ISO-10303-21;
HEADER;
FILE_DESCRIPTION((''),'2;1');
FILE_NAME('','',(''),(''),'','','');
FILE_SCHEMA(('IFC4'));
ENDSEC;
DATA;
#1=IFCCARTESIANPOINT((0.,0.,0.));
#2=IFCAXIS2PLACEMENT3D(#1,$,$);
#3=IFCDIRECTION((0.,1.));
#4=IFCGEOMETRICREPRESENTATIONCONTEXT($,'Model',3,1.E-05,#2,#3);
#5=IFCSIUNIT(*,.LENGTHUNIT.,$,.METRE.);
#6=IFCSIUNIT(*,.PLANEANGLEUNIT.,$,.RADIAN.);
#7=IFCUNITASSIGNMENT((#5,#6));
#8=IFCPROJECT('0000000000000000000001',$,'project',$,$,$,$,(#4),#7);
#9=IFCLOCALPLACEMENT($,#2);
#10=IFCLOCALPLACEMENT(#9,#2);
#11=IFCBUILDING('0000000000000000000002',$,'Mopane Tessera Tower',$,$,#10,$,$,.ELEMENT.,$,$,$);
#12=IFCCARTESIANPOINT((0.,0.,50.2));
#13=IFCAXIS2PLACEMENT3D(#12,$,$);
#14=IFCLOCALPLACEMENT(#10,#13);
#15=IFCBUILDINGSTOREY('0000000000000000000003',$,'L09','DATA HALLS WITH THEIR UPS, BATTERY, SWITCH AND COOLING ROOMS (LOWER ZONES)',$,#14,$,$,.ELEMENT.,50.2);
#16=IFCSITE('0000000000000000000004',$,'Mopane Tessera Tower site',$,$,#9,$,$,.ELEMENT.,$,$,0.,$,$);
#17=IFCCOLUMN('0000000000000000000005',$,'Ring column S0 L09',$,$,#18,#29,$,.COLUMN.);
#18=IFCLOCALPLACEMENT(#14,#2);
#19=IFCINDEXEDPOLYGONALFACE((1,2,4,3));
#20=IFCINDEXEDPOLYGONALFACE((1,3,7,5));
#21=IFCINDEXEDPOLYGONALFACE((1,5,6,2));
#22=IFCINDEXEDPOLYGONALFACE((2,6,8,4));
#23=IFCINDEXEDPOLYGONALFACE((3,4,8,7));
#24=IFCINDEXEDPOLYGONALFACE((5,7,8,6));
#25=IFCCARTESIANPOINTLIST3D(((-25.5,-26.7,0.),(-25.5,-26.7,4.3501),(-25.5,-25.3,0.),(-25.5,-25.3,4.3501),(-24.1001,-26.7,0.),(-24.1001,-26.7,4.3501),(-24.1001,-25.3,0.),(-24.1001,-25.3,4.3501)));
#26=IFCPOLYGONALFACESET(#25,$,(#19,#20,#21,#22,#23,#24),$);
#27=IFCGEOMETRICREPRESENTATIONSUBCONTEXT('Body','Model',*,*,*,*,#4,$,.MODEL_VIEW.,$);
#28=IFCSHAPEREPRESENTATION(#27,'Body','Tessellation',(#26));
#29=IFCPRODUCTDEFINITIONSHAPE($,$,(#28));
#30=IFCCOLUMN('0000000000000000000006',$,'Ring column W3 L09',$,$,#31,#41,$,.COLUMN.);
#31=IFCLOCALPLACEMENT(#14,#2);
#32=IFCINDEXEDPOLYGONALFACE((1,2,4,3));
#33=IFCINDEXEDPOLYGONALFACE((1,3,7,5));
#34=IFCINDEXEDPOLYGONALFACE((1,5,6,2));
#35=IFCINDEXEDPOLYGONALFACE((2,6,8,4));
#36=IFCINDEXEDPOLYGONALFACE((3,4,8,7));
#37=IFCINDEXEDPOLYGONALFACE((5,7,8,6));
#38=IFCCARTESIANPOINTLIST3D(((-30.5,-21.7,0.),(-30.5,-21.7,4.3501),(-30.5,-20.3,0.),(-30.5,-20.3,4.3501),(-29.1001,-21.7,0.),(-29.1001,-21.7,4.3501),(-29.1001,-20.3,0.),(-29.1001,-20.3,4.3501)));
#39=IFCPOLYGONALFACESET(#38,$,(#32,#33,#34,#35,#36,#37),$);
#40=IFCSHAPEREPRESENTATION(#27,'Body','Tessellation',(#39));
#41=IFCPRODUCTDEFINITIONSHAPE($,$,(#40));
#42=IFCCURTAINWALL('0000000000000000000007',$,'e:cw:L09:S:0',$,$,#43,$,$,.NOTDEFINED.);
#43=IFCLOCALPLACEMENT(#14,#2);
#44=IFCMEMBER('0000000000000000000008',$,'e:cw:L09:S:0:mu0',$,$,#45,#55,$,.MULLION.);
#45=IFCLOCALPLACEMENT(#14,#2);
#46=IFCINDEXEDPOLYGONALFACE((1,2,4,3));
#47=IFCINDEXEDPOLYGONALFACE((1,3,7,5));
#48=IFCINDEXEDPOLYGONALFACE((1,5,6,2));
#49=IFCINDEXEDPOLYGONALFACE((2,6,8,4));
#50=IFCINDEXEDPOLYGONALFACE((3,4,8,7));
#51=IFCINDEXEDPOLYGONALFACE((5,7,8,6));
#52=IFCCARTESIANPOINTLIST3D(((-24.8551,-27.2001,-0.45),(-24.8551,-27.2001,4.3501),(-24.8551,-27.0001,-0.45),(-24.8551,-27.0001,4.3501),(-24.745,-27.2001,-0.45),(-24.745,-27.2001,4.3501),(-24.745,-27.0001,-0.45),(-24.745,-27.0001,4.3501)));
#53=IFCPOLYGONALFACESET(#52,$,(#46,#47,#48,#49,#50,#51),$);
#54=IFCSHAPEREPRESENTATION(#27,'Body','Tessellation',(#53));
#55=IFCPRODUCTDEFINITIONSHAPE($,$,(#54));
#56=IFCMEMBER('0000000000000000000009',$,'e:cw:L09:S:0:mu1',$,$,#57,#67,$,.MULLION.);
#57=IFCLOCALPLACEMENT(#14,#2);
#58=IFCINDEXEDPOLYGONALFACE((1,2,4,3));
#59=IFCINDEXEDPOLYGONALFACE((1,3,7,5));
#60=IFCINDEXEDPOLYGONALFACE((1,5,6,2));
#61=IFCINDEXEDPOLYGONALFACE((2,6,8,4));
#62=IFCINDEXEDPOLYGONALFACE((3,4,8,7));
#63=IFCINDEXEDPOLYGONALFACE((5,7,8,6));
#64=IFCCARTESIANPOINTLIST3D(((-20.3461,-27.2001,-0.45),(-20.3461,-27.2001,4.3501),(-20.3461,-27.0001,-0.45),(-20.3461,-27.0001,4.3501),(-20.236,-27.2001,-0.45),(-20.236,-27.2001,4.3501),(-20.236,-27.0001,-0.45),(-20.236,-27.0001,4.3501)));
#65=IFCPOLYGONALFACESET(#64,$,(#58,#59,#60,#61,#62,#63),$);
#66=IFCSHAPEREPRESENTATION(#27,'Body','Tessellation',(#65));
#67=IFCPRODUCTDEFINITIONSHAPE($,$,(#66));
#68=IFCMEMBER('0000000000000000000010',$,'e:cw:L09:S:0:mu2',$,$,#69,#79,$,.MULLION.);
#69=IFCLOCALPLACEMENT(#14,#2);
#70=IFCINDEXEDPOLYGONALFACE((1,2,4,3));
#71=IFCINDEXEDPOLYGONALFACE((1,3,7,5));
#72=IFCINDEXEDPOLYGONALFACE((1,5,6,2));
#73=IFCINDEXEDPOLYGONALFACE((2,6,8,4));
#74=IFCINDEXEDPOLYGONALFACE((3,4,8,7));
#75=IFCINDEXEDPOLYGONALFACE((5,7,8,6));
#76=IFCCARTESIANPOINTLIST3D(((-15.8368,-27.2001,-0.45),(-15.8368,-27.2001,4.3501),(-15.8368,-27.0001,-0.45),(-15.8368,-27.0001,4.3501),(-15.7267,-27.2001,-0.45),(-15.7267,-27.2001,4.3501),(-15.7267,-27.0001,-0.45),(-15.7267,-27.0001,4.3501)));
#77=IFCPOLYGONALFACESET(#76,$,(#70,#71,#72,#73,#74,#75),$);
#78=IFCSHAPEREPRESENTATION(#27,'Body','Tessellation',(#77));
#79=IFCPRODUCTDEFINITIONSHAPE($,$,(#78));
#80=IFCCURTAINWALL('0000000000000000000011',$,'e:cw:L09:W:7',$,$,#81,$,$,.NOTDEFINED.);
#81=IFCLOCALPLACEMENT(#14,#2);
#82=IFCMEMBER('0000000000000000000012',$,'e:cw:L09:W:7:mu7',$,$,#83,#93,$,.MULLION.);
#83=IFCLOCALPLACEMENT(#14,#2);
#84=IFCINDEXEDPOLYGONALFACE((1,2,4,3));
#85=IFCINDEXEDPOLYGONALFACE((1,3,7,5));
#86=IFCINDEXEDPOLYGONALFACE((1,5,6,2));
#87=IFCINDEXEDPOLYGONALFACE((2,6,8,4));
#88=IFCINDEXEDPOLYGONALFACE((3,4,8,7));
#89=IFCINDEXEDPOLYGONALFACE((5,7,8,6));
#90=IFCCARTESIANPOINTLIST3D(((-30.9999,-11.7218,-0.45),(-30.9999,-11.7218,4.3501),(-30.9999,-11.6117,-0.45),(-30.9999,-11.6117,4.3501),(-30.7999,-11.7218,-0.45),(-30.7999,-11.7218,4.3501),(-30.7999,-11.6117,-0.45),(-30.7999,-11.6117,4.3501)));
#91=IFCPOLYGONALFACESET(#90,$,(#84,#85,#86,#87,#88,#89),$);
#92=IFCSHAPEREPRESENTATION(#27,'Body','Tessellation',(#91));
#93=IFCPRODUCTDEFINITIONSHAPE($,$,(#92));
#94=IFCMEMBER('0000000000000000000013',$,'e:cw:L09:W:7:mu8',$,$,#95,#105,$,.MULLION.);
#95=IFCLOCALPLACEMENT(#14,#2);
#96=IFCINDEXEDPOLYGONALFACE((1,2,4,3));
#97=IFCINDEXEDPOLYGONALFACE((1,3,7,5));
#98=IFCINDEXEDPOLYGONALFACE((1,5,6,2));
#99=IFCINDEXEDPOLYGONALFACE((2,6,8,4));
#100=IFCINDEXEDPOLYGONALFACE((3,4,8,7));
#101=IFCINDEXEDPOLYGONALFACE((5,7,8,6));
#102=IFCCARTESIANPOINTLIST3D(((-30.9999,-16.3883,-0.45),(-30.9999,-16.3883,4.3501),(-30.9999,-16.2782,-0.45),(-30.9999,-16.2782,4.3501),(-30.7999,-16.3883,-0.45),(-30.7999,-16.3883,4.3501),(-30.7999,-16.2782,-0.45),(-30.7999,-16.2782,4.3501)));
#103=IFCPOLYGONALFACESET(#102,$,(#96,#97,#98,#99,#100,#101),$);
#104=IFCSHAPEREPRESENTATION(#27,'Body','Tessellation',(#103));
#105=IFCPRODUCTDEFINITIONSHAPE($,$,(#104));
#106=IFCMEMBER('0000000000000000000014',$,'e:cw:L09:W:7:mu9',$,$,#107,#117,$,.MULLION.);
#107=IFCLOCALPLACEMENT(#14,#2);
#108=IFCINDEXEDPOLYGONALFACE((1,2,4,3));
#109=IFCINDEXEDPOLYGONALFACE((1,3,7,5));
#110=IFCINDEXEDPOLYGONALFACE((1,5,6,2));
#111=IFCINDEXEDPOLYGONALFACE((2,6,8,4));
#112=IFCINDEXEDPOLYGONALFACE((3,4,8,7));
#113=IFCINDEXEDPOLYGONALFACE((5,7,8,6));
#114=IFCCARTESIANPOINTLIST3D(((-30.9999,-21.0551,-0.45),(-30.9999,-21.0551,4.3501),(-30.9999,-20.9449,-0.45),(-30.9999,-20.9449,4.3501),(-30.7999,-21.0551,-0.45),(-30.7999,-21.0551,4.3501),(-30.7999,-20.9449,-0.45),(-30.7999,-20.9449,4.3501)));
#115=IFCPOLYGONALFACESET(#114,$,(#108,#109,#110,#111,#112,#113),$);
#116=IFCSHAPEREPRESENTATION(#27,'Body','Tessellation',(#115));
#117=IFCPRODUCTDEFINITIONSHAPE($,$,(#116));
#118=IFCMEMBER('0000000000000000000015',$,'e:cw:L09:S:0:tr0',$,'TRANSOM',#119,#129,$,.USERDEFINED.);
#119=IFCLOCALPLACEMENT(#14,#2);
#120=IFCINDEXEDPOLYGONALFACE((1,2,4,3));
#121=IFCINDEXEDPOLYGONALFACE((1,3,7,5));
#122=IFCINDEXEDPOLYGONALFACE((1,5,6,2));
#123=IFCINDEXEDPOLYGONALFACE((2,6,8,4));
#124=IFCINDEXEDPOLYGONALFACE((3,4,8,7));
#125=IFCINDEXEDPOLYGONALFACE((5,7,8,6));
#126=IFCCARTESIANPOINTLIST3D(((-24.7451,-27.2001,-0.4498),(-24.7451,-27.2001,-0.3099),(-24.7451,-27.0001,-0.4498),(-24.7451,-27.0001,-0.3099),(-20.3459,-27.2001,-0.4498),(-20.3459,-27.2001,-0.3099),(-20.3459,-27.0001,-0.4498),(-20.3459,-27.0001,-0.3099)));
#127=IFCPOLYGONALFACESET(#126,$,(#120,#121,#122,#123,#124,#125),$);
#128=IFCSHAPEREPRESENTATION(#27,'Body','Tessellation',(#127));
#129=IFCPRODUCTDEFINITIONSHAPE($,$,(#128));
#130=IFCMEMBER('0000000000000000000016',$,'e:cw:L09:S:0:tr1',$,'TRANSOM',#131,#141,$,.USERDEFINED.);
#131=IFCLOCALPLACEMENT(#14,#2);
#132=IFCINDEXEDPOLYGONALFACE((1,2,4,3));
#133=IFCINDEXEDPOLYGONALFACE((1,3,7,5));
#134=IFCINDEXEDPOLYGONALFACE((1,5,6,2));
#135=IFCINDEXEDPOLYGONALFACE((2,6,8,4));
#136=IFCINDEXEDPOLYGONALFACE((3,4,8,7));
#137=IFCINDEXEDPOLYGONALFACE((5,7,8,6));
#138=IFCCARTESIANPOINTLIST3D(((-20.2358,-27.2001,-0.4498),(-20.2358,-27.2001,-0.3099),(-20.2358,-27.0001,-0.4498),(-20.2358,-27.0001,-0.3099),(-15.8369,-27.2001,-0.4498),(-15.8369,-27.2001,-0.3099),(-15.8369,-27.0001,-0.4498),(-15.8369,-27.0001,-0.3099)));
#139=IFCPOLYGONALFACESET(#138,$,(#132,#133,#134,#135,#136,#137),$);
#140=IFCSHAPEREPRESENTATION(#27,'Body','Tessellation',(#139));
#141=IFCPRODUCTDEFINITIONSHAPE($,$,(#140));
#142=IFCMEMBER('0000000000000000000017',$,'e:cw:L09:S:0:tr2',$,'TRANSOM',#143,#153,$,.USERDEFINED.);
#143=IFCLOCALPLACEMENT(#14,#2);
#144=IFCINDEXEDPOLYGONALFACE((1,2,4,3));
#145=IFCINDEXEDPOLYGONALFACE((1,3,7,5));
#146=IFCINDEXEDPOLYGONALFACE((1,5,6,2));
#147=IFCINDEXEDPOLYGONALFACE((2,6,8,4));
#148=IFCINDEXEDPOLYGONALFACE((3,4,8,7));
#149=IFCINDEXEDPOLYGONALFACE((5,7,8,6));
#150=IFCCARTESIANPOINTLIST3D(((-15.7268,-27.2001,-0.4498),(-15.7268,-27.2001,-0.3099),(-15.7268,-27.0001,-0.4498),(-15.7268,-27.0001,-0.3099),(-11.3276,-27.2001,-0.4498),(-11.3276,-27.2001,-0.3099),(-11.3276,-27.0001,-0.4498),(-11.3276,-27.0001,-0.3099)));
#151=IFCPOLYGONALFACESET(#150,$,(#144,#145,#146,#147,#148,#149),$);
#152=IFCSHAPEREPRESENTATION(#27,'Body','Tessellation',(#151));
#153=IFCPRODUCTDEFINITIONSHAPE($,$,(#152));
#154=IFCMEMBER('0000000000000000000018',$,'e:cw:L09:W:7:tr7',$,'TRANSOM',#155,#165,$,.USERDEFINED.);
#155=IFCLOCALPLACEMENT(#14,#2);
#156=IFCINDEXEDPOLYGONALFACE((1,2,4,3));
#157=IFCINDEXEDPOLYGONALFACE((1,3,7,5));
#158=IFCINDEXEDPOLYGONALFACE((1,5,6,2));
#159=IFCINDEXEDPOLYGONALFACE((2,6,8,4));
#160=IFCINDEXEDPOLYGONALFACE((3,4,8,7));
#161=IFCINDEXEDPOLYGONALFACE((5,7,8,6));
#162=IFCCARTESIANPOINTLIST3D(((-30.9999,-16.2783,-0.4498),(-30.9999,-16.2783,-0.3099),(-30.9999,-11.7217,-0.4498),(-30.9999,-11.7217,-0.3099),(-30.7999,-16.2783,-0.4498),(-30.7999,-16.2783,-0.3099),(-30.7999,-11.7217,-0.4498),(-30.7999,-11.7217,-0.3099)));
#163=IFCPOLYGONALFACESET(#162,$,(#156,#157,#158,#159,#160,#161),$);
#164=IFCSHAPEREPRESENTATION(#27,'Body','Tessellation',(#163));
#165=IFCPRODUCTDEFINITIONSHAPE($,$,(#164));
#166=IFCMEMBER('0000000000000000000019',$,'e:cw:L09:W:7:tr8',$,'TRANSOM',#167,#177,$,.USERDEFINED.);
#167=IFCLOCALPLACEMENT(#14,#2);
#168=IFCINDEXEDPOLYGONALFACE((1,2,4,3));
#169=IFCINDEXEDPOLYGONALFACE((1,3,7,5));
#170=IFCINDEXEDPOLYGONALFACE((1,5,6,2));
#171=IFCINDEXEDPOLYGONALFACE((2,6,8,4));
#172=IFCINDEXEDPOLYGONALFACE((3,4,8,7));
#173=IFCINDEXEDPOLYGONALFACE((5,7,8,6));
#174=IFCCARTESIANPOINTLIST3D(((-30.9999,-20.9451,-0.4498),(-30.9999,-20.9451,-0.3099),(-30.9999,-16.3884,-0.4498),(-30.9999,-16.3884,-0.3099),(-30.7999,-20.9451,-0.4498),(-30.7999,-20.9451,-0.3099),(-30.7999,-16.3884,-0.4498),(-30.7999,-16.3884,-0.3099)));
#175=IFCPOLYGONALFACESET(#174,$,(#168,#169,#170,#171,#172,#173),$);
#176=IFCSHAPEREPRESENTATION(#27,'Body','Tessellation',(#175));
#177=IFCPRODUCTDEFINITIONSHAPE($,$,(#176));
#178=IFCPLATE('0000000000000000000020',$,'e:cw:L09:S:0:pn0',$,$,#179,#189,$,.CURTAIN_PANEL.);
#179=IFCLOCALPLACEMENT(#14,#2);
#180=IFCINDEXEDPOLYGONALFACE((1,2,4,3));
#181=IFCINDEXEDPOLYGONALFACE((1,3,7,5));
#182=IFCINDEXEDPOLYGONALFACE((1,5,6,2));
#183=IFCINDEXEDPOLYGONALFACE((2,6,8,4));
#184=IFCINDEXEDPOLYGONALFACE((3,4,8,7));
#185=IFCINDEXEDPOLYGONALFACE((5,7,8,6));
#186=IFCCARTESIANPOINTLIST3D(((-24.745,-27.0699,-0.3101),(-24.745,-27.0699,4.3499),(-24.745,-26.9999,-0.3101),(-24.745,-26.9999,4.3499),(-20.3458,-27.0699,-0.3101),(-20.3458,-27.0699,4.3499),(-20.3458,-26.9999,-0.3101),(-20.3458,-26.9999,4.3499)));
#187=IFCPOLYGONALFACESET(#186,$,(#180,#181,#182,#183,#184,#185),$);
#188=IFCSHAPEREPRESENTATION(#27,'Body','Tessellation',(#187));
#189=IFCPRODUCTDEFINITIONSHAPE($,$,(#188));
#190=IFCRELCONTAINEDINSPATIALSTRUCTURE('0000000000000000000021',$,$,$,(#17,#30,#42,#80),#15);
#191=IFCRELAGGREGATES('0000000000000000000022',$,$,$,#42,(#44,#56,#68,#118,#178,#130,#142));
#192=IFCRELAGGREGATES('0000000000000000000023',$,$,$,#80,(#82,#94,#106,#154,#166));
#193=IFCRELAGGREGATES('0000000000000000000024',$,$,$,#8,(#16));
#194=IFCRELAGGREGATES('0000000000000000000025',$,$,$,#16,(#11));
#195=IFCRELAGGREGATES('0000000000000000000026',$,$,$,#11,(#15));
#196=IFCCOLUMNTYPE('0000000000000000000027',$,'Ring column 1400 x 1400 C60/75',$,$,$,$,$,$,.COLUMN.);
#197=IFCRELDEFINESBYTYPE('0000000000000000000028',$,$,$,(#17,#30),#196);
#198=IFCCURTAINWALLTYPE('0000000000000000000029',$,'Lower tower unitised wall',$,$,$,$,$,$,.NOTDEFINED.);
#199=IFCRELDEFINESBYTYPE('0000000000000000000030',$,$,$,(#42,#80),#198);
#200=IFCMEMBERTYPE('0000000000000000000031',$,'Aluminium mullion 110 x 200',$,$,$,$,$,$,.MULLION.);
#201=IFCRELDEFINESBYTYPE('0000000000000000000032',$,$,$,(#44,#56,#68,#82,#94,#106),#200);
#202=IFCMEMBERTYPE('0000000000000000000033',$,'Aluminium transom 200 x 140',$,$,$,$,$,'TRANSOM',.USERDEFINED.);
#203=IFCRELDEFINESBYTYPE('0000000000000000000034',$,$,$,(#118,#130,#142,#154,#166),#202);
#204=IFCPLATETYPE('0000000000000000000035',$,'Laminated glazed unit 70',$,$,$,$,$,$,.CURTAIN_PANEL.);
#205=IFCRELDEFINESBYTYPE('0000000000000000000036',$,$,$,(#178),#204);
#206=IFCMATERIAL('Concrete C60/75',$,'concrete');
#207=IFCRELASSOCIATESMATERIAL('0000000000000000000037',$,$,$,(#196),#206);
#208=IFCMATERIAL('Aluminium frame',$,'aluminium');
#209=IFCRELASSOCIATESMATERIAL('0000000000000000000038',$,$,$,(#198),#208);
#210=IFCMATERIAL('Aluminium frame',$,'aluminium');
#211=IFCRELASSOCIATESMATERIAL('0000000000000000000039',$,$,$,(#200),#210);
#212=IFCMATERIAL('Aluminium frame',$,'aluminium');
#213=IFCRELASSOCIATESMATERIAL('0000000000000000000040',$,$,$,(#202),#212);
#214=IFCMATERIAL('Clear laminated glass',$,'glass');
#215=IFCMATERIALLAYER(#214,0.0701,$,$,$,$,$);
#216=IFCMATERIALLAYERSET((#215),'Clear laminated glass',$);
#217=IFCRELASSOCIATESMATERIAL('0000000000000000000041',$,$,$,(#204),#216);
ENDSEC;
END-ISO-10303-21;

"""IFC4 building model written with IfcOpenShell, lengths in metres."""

from ifc_helpers import new_model, si_unit, direction, frame, origin, origin_2d, place, context, subcontext, project, spatial, rectangle, extrude, material, layer, layer_set, material_profile, profile_set, type_object, element, aggregate, save


model = new_model("IFC4")

# Units and contexts
model_context = context("Model", 3, precision=1e-05, world=origin(), true_north=direction((0.0, 1.0)))
body_context = subcontext(model_context, "Body", "Model", "MODEL_VIEW")
ifc_project = project(units=[si_unit("LENGTHUNIT", "METRE"), si_unit("PLANEANGLEUNIT", "RADIAN")], contexts=[model_context])

# Site, building, storey
site_placement = place(None, origin())
site = spatial("IfcSite", under=ifc_project, at=site_placement, Name="Mopane Tessera Tower site", CompositionType="ELEMENT", RefElevation=0.0)
building_placement = place(site_placement, origin())
building = spatial("IfcBuilding", under=site, at=building_placement, Name="Mopane Tessera Tower", CompositionType="ELEMENT")
storey_placement = place(building_placement, frame((0.0, 0.0, 50.2)))
storey = spatial("IfcBuildingStorey", under=building, at=storey_placement, Name="L09", Description="DATA HALLS WITH THEIR UPS, BATTERY, SWITCH AND COOLING ROOMS (LOWER ZONES)", CompositionType="ELEMENT", Elevation=50.2)

# Columns
ifc_material_1 = material(Name="Concrete C60/75", Category="concrete")
ifc_material_profile_1 = material_profile(ifc_material_1, rectangle(XDim=1.3999, YDim=1.3999, at=origin_2d()))
ifc_profile_set_1 = profile_set([ifc_material_profile_1], Name="Concrete C60/75")
column_type = type_object("IfcColumnType", Name="Ring column 1400 x 1400 C60/75", PredefinedType="COLUMN", material=ifc_profile_set_1)
for number, where, z_axis, x_axis, name in (
    (1, (-24.8, -26.0, 0.0), (0.0, 0.0, 1.0), (1.0, 0.0, 0.0), "Ring column S0 L09"),
    (2, (-29.8, -21.0, 0.0), (0.0, 0.0, 1.0), (1.0, 0.0, 0.0), "Ring column W3 L09"),
):
    element("IfcColumn", number, at=place(storey_placement, frame(where, z_axis=z_axis, x_axis=x_axis)), inside=storey, type_object=column_type, Name=name, PredefinedType="COLUMN", context=body_context, shape_type="SweptSolid", body=[
        extrude(rectangle(XDim=1.3999, YDim=1.3999, at=origin_2d()), origin(), (0.0, 0.0, 1.0), 4.3501),
    ])

# Curtain walls, members
ifc_material_2 = material(Name="Aluminium frame", Category="aluminium")
curtain_wall_type = type_object("IfcCurtainWallType", Name="Lower tower unitised wall", PredefinedType="NOTDEFINED", material=ifc_material_2)
curtain_wall_1_placement = place(storey_placement, origin())
curtain_wall_1 = element("IfcCurtainWall", 3, at=curtain_wall_1_placement, inside=storey, type_object=curtain_wall_type, Name="e:cw:L09:S:0", PredefinedType="NOTDEFINED")
ifc_material_3 = material(Name="Aluminium frame", Category="aluminium")
ifc_material_profile_2 = material_profile(ifc_material_3, rectangle(XDim=0.1101, YDim=0.2, at=origin_2d()))
ifc_profile_set_2 = profile_set([ifc_material_profile_2], Name="Aluminium frame")
member_type_1 = type_object("IfcMemberType", Name="Aluminium mullion 110 x 200", PredefinedType="MULLION", material=ifc_profile_set_2)
member_1_placement = place(storey_placement, frame((-24.8, -27.1001, -0.45), z_axis=(0.0, 0.0, 1.0), x_axis=(1.0, 0.0, 0.0)))
member_1 = element("IfcMember", 4, at=member_1_placement, type_object=member_type_1, Name="e:cw:L09:S:0:mu0", PredefinedType="MULLION", context=body_context, shape_type="SweptSolid", body=[
    extrude(rectangle(XDim=0.1101, YDim=0.2, at=origin_2d()), origin(), (0.0, 0.0, 1.0), 4.8),
])
member_2_placement = place(storey_placement, frame((-20.291, -27.1001, -0.45), z_axis=(0.0, 0.0, 1.0), x_axis=(1.0, 0.0, 0.0)))
member_2 = element("IfcMember", 5, at=member_2_placement, type_object=member_type_1, Name="e:cw:L09:S:0:mu1", PredefinedType="MULLION", context=body_context, shape_type="SweptSolid", body=[
    extrude(rectangle(XDim=0.1101, YDim=0.2, at=origin_2d()), origin(), (0.0, 0.0, 1.0), 4.8),
])
member_3_placement = place(storey_placement, frame((-15.7817, -27.1001, -0.45), z_axis=(0.0, 0.0, 1.0), x_axis=(1.0, 0.0, 0.0)))
member_3 = element("IfcMember", 6, at=member_3_placement, type_object=member_type_1, Name="e:cw:L09:S:0:mu2", PredefinedType="MULLION", context=body_context, shape_type="SweptSolid", body=[
    extrude(rectangle(XDim=0.1101, YDim=0.2, at=origin_2d()), origin(), (0.0, 0.0, 1.0), 4.8),
])
curtain_wall_2_placement = place(storey_placement, origin())
curtain_wall_2 = element("IfcCurtainWall", 7, at=curtain_wall_2_placement, inside=storey, type_object=curtain_wall_type, Name="e:cw:L09:W:7", PredefinedType="NOTDEFINED")
member_4_placement = place(storey_placement, frame((-30.8999, -11.6667, -0.45), z_axis=(0.0, 0.0, 1.0), x_axis=(0.0, -1.0, 0.0)))
member_4 = element("IfcMember", 8, at=member_4_placement, type_object=member_type_1, Name="e:cw:L09:W:7:mu7", PredefinedType="MULLION", context=body_context, shape_type="SweptSolid", body=[
    extrude(rectangle(XDim=0.1101, YDim=0.2, at=origin_2d()), origin(), (0.0, 0.0, 1.0), 4.8),
])
member_5_placement = place(storey_placement, frame((-30.8999, -16.3333, -0.45), z_axis=(0.0, 0.0, 1.0), x_axis=(0.0, -1.0, 0.0)))
member_5 = element("IfcMember", 9, at=member_5_placement, type_object=member_type_1, Name="e:cw:L09:W:7:mu8", PredefinedType="MULLION", context=body_context, shape_type="SweptSolid", body=[
    extrude(rectangle(XDim=0.1101, YDim=0.2, at=origin_2d()), origin(), (0.0, 0.0, 1.0), 4.8),
])
member_6_placement = place(storey_placement, frame((-30.8999, -21.0, -0.45), z_axis=(0.0, 0.0, 1.0), x_axis=(0.0, -1.0, 0.0)))
member_6 = element("IfcMember", 10, at=member_6_placement, type_object=member_type_1, Name="e:cw:L09:W:7:mu9", PredefinedType="MULLION", context=body_context, shape_type="SweptSolid", body=[
    extrude(rectangle(XDim=0.1101, YDim=0.2, at=origin_2d()), origin(), (0.0, 0.0, 1.0), 4.8),
])

# Members
ifc_material_4 = material(Name="Aluminium frame", Category="aluminium")
ifc_material_profile_3 = material_profile(ifc_material_4, rectangle(XDim=0.2, YDim=0.1399, at=origin_2d()))
ifc_profile_set_3 = profile_set([ifc_material_profile_3], Name="Aluminium frame")
member_type_2 = type_object("IfcMemberType", Name="Aluminium transom 200 x 140", ElementType="TRANSOM", PredefinedType="USERDEFINED", material=ifc_profile_set_3)
member_7_placement = place(storey_placement, frame((-24.7451, -27.1001, -0.3799), z_axis=(1.0, 0.0, 0.0), x_axis=(0.0, 1.0, 0.0)))
member_7 = element("IfcMember", 11, at=member_7_placement, type_object=member_type_2, Name="e:cw:L09:S:0:tr0", ObjectType="TRANSOM", PredefinedType="USERDEFINED", context=body_context, shape_type="SweptSolid", body=[
    extrude(rectangle(XDim=0.2, YDim=0.1399, at=origin_2d()), origin(), (0.0, 0.0, 1.0), 4.3992),
])
member_8_placement = place(storey_placement, frame((-20.2358, -27.1001, -0.3799), z_axis=(1.0, 0.0, 0.0), x_axis=(0.0, 1.0, 0.0)))
member_8 = element("IfcMember", 12, at=member_8_placement, type_object=member_type_2, Name="e:cw:L09:S:0:tr1", ObjectType="TRANSOM", PredefinedType="USERDEFINED", context=body_context, shape_type="SweptSolid", body=[
    extrude(rectangle(XDim=0.2, YDim=0.1399, at=origin_2d()), origin(), (0.0, 0.0, 1.0), 4.3989),
])
member_9_placement = place(storey_placement, frame((-15.7268, -27.1001, -0.3799), z_axis=(1.0, 0.0, 0.0), x_axis=(0.0, 1.0, 0.0)))
member_9 = element("IfcMember", 13, at=member_9_placement, type_object=member_type_2, Name="e:cw:L09:S:0:tr2", ObjectType="TRANSOM", PredefinedType="USERDEFINED", context=body_context, shape_type="SweptSolid", body=[
    extrude(rectangle(XDim=0.2, YDim=0.1399, at=origin_2d()), origin(), (0.0, 0.0, 1.0), 4.3992),
])
member_10_placement = place(storey_placement, frame((-30.8999, -11.7217, -0.3799), z_axis=(0.0, -1.0, 0.0), x_axis=(1.0, 0.0, 0.0)))
member_10 = element("IfcMember", 14, at=member_10_placement, type_object=member_type_2, Name="e:cw:L09:W:7:tr7", ObjectType="TRANSOM", PredefinedType="USERDEFINED", context=body_context, shape_type="SweptSolid", body=[
    extrude(rectangle(XDim=0.2, YDim=0.1399, at=origin_2d()), origin(), (0.0, 0.0, 1.0), 4.5566),
])
member_11_placement = place(storey_placement, frame((-30.8999, -16.3884, -0.3799), z_axis=(0.0, -1.0, 0.0), x_axis=(1.0, 0.0, 0.0)))
member_11 = element("IfcMember", 15, at=member_11_placement, type_object=member_type_2, Name="e:cw:L09:W:7:tr8", ObjectType="TRANSOM", PredefinedType="USERDEFINED", context=body_context, shape_type="SweptSolid", body=[
    extrude(rectangle(XDim=0.2, YDim=0.1399, at=origin_2d()), origin(), (0.0, 0.0, 1.0), 4.5566),
])

# Plate
ifc_material_5 = material(Name="Clear laminated glass", Category="glass")
ifc_layer_1 = layer(ifc_material_5, 0.0701)
ifc_layer_set_1 = layer_set([ifc_layer_1], Name="Clear laminated glass")
plate_type = type_object("IfcPlateType", Name="Laminated glazed unit 70", PredefinedType="CURTAIN_PANEL", material=ifc_layer_set_1)
plate_1_placement = place(storey_placement, frame((-22.5454, -27.0349, -0.3101), z_axis=(0.0, 0.0, 1.0), x_axis=(1.0, 0.0, 0.0)))
plate_1 = element("IfcPlate", 16, at=plate_1_placement, type_object=plate_type, Name="e:cw:L09:S:0:pn0", PredefinedType="CURTAIN_PANEL", context=body_context, shape_type="SweptSolid", body=[
    extrude(rectangle(XDim=4.3992, YDim=0.0701, at=origin_2d()), origin(), (0.0, 0.0, 1.0), 4.6599),
])
aggregate(curtain_wall_1, [member_1, member_2, member_3, member_7, plate_1, member_8, member_9])
aggregate(curtain_wall_2, [member_4, member_5, member_6, member_10, member_11])

save(model, "model.ifc")
